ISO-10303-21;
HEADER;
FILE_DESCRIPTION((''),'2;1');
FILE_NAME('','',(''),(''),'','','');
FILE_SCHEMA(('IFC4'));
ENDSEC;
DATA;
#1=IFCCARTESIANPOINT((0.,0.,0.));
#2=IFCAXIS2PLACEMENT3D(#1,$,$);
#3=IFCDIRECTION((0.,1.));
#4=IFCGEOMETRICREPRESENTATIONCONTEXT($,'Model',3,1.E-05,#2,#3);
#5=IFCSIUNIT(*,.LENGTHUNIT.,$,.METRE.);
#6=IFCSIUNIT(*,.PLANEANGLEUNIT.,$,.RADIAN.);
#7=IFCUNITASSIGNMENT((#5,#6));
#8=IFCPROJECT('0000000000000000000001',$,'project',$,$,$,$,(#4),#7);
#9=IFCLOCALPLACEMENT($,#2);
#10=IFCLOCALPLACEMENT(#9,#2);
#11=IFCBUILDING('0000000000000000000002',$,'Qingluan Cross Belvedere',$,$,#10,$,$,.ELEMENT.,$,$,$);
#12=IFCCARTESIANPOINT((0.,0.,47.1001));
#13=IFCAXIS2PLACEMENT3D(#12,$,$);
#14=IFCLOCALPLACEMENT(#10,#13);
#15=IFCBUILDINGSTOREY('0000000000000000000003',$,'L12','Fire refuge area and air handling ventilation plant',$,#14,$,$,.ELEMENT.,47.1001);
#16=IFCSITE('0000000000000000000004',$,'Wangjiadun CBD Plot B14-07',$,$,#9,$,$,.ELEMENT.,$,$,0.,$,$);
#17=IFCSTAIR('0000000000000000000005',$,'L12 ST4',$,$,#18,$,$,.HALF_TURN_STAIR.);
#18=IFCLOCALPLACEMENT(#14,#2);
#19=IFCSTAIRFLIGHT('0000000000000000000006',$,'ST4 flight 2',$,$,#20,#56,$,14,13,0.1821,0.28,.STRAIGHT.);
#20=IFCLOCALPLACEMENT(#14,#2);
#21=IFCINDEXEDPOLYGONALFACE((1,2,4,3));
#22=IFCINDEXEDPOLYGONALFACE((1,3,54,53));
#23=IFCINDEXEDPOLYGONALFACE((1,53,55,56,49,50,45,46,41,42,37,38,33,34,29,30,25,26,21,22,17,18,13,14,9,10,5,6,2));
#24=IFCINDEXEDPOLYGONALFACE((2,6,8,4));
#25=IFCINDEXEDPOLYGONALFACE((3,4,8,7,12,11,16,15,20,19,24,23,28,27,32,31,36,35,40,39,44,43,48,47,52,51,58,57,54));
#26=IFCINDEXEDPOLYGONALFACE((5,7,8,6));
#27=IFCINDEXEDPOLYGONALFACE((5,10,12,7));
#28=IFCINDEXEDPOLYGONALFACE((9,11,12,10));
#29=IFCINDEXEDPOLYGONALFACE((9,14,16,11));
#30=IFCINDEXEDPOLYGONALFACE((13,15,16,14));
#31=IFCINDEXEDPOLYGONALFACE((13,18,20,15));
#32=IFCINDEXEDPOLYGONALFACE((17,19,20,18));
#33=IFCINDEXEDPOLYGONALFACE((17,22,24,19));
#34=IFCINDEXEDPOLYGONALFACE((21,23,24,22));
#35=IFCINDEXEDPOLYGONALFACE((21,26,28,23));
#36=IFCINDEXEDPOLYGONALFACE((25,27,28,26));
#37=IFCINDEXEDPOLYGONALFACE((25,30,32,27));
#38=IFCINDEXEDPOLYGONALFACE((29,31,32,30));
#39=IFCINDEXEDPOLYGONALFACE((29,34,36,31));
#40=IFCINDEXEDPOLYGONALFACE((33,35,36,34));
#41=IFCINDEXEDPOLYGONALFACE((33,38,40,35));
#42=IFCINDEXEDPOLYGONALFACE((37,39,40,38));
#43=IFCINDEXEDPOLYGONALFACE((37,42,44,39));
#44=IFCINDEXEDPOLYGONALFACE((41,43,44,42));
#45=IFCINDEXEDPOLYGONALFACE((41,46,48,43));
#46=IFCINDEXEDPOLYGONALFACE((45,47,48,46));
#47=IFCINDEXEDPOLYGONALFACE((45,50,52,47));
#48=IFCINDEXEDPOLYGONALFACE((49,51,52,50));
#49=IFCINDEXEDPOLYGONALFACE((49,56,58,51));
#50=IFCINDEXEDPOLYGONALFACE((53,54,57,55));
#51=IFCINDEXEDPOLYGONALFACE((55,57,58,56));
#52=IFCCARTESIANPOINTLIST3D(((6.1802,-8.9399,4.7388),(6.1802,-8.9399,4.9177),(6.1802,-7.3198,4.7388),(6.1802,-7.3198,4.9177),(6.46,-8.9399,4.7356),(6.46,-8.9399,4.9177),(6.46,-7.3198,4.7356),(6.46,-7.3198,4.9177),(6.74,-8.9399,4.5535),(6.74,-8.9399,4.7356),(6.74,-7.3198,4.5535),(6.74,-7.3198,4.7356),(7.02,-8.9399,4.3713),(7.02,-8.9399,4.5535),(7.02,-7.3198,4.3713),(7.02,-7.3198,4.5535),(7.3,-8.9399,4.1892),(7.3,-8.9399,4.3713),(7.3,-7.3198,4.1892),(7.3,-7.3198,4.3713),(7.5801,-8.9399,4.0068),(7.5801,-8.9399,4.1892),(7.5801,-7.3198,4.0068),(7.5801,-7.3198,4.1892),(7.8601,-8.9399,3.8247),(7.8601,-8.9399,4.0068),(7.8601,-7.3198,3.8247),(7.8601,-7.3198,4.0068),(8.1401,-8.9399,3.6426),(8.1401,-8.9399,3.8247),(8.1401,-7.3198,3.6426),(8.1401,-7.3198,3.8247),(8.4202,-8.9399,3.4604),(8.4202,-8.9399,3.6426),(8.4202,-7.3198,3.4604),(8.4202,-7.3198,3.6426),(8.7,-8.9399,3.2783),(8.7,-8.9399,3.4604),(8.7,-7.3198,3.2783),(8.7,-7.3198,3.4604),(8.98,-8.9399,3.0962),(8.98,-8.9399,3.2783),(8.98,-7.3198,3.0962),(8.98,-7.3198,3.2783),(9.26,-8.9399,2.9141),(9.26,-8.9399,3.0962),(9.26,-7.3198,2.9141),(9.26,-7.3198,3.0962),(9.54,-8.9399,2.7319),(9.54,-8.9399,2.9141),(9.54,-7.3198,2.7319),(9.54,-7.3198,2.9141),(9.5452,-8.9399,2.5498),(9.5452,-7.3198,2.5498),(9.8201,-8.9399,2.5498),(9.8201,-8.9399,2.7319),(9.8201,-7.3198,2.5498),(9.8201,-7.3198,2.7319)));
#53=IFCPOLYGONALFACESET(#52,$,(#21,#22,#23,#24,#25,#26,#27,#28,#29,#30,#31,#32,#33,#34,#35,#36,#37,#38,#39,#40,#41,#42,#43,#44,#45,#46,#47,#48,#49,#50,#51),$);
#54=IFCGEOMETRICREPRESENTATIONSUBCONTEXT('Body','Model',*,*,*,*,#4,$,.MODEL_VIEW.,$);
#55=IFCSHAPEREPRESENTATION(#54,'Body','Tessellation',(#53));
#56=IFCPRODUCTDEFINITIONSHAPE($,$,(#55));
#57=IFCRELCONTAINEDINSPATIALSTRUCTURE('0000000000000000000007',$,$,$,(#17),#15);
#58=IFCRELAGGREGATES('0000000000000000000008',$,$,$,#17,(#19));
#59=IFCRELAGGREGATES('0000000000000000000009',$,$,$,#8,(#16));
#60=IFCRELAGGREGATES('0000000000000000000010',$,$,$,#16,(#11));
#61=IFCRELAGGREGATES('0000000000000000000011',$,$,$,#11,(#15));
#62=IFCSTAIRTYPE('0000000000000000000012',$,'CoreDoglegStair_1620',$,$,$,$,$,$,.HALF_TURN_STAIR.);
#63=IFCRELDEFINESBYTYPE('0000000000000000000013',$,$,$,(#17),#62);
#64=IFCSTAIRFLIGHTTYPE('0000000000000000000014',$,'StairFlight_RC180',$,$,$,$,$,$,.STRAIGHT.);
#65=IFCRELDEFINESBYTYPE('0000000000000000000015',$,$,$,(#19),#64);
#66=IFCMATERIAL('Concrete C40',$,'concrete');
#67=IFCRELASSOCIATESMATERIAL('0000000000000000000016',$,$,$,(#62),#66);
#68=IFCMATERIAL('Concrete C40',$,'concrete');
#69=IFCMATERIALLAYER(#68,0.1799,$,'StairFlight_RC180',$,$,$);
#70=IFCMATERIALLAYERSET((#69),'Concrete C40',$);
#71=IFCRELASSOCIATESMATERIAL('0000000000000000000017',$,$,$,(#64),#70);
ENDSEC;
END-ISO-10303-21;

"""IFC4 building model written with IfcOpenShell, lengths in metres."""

from ifc_helpers import new_model, si_unit, direction, frame, origin, place, context, subcontext, project, spatial, polyline, outline, extrude, material, layer, layer_set, type_object, element, aggregate, save


model = new_model("IFC4")

# Units and contexts
model_context = context("Model", 3, precision=1e-05, world=origin(), true_north=direction((0.0, 1.0)))
body_context = subcontext(model_context, "Body", "Model", "MODEL_VIEW")
ifc_project = project(units=[si_unit("LENGTHUNIT", "METRE"), si_unit("PLANEANGLEUNIT", "RADIAN")], contexts=[model_context])

# Site, building, storey
site_placement = place(None, origin())
site = spatial("IfcSite", under=ifc_project, at=site_placement, Name="Wangjiadun CBD Plot B14-07", CompositionType="ELEMENT", RefElevation=0.0)
building_placement = place(site_placement, origin())
building = spatial("IfcBuilding", under=site, at=building_placement, Name="Qingluan Cross Belvedere", CompositionType="ELEMENT")
storey_placement = place(building_placement, frame((0.0, 0.0, 47.1001)))
storey = spatial("IfcBuildingStorey", under=building, at=storey_placement, Name="L12", Description="Fire refuge area and air handling ventilation plant", CompositionType="ELEMENT", Elevation=47.1001)

# Shared definitions
ifc_material_1 = material(Name="Concrete C40", Category="concrete")
stair_type = type_object("IfcStairType", Name="CoreDoglegStair_1620", PredefinedType="HALF_TURN_STAIR", material=ifc_material_1)
ifc_material_2 = material(Name="Concrete C40", Category="concrete")
ifc_layer_1 = layer(ifc_material_2, 0.1799, Name="StairFlight_RC180")
ifc_layer_set_1 = layer_set([ifc_layer_1], Name="Concrete C40")
stair_flight_type = type_object("IfcStairFlightType", Name="StairFlight_RC180", PredefinedType="STRAIGHT", material=ifc_layer_set_1)

# Stair, stair flight
stair_1_placement = place(storey_placement, origin())
stair_1 = element("IfcStair", 1, at=stair_1_placement, inside=storey, type_object=stair_type, Name="L12 ST4", PredefinedType="HALF_TURN_STAIR")
stair_flight_1_placement = place(storey_placement, frame((9.8201, -8.1299, 2.5498), z_axis=(0.0, 0.0, 1.0), x_axis=(-1.0, 0.0, 0.0)))
stair_flight_1 = element("IfcStairFlight", 2, at=stair_flight_1_placement, type_object=stair_flight_type, Name="ST4 flight 2", NumberOfRisers=14, NumberOfTreads=13, PredefinedType="STRAIGHT", RiserHeight=0.1821, TreadLength=0.28, context=body_context, shape_type="SweptSolid", body=[
    extrude(outline(polyline([(0.0, 0.0), (0.0, 0.1821), (0.28, 0.1821), (0.28, 0.3643), (0.5601, 0.3643), (0.5601, 0.5464), (0.8401, 0.5464), (0.8401, 0.7285), (1.1201, 0.7285), (1.1201, 0.9106), (1.3999, 0.9106), (1.3999, 1.0928), (1.6799, 1.0928), (1.6799, 1.2749), (1.96, 1.2749), (1.96, 1.457), (2.24, 1.457), (2.24, 1.6394), (2.52, 1.6394), (2.52, 1.8215), (2.8, 1.8215), (2.8, 2.0037), (3.0801, 2.0037), (3.0801, 2.1858), (3.3601, 2.1858), (3.3601, 2.3679), (3.6399, 2.3679), (3.6399, 2.55), (3.6399, 2.189), (0.2749, 0.0), (0.0, 0.0)])), frame((0.0, 0.8101, 0.0), z_axis=(0.0, -1.0, 0.0), x_axis=(1.0, 0.0, 0.0)), (0.0, 0.0, 1.0), 1.6201),
])
aggregate(stair_1, [stair_flight_1])

save(model, "model.ifc")
